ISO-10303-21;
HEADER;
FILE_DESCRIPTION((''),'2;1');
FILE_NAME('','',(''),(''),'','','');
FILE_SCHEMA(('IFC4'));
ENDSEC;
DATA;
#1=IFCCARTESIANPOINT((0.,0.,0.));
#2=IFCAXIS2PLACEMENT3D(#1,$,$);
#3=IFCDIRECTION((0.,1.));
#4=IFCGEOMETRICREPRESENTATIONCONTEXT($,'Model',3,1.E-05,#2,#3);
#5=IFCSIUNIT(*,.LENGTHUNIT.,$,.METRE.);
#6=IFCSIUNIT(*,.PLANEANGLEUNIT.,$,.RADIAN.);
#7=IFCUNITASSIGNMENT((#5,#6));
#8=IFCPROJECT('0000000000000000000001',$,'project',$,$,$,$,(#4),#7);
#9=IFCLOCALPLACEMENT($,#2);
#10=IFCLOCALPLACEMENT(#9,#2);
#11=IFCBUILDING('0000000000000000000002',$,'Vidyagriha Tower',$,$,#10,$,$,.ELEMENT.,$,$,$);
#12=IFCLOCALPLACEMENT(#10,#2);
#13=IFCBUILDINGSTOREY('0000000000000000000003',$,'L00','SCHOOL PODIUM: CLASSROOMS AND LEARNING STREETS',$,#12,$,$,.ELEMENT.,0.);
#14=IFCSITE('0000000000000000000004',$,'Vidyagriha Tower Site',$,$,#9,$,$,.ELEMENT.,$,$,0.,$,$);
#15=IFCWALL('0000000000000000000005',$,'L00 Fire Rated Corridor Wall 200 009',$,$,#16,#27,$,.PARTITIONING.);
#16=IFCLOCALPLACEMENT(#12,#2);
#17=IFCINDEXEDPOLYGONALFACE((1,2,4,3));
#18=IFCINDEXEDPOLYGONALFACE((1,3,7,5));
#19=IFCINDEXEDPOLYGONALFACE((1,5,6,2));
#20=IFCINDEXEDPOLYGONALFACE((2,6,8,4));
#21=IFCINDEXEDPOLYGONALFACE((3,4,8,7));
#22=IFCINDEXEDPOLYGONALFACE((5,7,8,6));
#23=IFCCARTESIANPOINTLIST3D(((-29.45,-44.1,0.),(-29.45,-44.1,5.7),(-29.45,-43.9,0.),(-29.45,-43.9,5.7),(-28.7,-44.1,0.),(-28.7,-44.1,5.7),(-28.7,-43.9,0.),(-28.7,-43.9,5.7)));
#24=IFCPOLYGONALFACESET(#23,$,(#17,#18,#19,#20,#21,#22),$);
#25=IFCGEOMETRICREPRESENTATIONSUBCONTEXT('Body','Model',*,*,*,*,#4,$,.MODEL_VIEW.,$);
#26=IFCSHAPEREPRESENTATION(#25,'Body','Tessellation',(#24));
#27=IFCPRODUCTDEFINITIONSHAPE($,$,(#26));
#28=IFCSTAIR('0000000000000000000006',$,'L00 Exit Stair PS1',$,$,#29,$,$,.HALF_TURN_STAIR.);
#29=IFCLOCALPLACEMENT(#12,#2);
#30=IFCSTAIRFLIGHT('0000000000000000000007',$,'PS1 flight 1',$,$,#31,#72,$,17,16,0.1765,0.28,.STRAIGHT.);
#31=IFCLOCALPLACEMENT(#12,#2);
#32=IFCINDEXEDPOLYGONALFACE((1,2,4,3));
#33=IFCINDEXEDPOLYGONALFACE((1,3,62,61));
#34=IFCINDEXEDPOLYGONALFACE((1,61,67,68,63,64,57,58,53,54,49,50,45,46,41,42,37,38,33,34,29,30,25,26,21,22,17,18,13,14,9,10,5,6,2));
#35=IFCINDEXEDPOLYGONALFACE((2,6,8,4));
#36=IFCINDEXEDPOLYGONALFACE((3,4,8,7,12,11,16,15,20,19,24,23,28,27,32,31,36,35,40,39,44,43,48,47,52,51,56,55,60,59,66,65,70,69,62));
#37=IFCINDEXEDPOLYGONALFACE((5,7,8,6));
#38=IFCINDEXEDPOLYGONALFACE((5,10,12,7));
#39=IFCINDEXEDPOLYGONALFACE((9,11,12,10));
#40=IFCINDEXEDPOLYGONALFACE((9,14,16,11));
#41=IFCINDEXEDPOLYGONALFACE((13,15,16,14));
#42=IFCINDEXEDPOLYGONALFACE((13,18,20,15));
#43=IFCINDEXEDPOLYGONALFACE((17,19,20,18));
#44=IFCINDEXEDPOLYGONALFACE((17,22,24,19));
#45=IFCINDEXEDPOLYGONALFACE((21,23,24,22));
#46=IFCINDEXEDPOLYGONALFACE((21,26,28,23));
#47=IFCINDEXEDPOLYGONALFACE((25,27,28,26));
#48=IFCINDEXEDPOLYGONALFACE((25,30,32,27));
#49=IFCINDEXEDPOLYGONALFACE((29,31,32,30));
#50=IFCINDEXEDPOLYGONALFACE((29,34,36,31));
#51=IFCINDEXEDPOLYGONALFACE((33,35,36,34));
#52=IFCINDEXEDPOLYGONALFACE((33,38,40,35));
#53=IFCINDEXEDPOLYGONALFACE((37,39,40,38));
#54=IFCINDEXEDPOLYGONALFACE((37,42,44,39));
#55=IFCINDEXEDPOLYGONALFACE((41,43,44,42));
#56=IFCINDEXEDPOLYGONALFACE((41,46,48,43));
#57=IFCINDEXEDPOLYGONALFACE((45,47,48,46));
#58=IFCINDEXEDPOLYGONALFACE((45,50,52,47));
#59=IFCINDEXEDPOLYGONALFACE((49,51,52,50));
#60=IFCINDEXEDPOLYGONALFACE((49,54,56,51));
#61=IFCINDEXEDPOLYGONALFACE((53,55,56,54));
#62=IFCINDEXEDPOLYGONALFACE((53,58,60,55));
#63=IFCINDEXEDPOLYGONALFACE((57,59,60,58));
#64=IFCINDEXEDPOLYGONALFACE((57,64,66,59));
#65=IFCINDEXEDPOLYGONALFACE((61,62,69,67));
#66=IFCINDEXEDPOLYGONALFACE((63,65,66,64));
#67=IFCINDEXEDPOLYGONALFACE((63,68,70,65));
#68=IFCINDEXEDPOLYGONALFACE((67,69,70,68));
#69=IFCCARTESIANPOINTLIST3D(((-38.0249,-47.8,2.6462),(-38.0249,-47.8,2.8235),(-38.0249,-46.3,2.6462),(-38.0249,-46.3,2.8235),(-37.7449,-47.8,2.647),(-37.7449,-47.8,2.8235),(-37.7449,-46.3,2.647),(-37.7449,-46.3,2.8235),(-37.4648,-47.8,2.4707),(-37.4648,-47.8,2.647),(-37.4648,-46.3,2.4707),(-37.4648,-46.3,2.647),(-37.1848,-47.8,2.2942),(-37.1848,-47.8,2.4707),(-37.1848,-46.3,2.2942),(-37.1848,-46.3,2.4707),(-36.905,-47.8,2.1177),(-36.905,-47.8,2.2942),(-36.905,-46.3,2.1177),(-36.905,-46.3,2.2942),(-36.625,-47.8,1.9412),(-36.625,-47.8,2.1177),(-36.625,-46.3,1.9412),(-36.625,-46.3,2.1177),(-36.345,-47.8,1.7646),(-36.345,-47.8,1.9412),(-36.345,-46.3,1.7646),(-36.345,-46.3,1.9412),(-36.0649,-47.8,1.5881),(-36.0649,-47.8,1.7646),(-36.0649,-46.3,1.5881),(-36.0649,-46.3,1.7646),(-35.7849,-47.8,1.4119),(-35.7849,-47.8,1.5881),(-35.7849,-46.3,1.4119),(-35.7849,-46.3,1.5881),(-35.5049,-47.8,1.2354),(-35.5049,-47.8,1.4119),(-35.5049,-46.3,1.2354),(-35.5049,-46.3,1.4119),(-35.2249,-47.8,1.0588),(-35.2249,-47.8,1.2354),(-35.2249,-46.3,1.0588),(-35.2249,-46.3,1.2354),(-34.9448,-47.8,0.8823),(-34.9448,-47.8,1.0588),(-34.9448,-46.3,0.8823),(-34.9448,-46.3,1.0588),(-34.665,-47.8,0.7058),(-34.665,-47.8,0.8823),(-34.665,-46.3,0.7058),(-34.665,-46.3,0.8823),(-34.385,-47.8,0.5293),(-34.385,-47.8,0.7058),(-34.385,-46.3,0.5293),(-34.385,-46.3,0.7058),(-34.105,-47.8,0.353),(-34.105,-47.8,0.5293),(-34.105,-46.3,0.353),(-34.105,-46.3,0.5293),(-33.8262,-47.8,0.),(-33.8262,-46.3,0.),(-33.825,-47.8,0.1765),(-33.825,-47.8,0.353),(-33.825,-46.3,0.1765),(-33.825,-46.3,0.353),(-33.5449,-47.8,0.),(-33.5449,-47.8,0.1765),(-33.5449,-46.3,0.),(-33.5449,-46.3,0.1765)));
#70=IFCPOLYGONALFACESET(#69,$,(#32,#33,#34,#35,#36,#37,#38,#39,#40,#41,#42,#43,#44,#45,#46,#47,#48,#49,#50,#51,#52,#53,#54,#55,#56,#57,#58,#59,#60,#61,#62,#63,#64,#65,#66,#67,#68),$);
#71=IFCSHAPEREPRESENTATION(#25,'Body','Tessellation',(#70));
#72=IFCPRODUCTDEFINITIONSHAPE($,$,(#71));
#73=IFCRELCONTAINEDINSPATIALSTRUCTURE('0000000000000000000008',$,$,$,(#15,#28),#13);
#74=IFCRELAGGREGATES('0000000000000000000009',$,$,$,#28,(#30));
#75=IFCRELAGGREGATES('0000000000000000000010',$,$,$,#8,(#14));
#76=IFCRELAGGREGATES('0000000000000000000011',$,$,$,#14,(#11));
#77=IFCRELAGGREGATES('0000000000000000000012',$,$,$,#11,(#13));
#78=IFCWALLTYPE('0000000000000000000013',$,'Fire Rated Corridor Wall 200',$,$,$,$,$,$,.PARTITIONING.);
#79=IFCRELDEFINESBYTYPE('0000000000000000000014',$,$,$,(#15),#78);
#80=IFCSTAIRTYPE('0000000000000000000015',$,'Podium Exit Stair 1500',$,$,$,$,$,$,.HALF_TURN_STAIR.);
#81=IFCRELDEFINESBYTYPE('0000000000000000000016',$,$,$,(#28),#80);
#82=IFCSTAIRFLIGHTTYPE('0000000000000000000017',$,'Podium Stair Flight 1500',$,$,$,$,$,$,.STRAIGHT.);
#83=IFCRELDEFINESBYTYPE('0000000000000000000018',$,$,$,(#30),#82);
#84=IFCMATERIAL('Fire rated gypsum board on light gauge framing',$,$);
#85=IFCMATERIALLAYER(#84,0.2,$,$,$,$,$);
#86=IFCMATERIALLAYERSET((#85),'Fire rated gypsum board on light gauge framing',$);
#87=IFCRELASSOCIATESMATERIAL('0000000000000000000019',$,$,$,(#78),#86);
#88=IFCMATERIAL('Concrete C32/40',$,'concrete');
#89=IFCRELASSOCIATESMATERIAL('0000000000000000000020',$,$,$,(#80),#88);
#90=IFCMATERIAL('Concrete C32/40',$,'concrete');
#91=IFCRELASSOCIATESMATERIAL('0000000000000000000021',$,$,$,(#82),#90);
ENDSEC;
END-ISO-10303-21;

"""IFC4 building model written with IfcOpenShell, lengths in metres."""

from ifc_helpers import new_model, si_unit, direction, frame, frame_2d, origin, place, context, subcontext, project, spatial, polyline, rectangle, outline, extrude, material, layer, layer_set, type_object, element, aggregate, save


model = new_model("IFC4")

# Units and contexts
model_context = context("Model", 3, precision=1e-05, world=origin(), true_north=direction((0.0, 1.0)))
body_context = subcontext(model_context, "Body", "Model", "MODEL_VIEW")
ifc_project = project(units=[si_unit("LENGTHUNIT", "METRE"), si_unit("PLANEANGLEUNIT", "RADIAN")], contexts=[model_context])

# Site, building, storey
site_placement = place(None, origin())
site = spatial("IfcSite", under=ifc_project, at=site_placement, Name="Vidyagriha Tower Site", CompositionType="ELEMENT", RefElevation=0.0)
building_placement = place(site_placement, origin())
building = spatial("IfcBuilding", under=site, at=building_placement, Name="Vidyagriha Tower", CompositionType="ELEMENT")
storey_placement = place(building_placement, origin())
storey = spatial("IfcBuildingStorey", under=building, at=storey_placement, Name="L00", Description="SCHOOL PODIUM: CLASSROOMS AND LEARNING STREETS", CompositionType="ELEMENT", Elevation=0.0)

# Shared definitions
ifc_material_1 = material(Name="Fire rated gypsum board on light gauge framing")
ifc_layer_1 = layer(ifc_material_1, 0.2)
ifc_layer_set_1 = layer_set([ifc_layer_1], Name="Fire rated gypsum board on light gauge framing")
wall_type_1 = type_object("IfcWallType", Name="Fire Rated Corridor Wall 200", PredefinedType="PARTITIONING", material=ifc_layer_set_1)

# Wall
wall_1_placement = place(storey_placement, frame((-29.45, -44.0, 0.0)))
element("IfcWall", 1, at=wall_1_placement, inside=storey, type_object=wall_type_1, Name="L00 Fire Rated Corridor Wall 200 009", PredefinedType="PARTITIONING", context=body_context, shape_type="SweptSolid", body=[
    extrude(rectangle(XDim=0.75, YDim=0.2, at=frame_2d((0.375, 0.0))), origin(), (0.0, 0.0, 1.0), 5.7),
])

# Stair, stair flight
ifc_material_2 = material(Name="Concrete C32/40", Category="concrete")
stair_type = type_object("IfcStairType", Name="Podium Exit Stair 1500", PredefinedType="HALF_TURN_STAIR", material=ifc_material_2)
stair_placement = place(storey_placement, origin())
stair = element("IfcStair", 2, at=stair_placement, inside=storey, type_object=stair_type, Name="L00 Exit Stair PS1", PredefinedType="HALF_TURN_STAIR")
ifc_material_3 = material(Name="Concrete C32/40", Category="concrete")
stair_flight_type = type_object("IfcStairFlightType", Name="Podium Stair Flight 1500", PredefinedType="STRAIGHT", material=ifc_material_3)
stair_flight_placement = place(storey_placement, frame((-33.5449, -47.05, 0.0), z_axis=(0.0, 0.0, 1.0), x_axis=(-1.0, 0.0, 0.0)))
stair_flight = element("IfcStairFlight", 3, at=stair_flight_placement, type_object=stair_flight_type, Name="PS1 flight 1", NumberOfRisers=17, NumberOfTreads=16, PredefinedType="STRAIGHT", RiserHeight=0.1765, TreadLength=0.28, context=body_context, shape_type="SweptSolid", body=[
    extrude(outline(polyline([(0.0, 0.0), (0.0, 0.1765), (0.28, 0.1765), (0.28, 0.353), (0.5601, 0.353), (0.5601, 0.5293), (0.8401, 0.5293), (0.8401, 0.7058), (1.1201, 0.7058), (1.1201, 0.8823), (1.3999, 0.8823), (1.3999, 1.0588), (1.6799, 1.0588), (1.6799, 1.2354), (1.96, 1.2354), (1.96, 1.4119), (2.24, 1.4119), (2.24, 1.5881), (2.52, 1.5881), (2.52, 1.7646), (2.8, 1.7646), (2.8, 1.9412), (3.0801, 1.9412), (3.0801, 2.1177), (3.3601, 2.1177), (3.3601, 2.2942), (3.6399, 2.2942), (3.6399, 2.4707), (3.9199, 2.4707), (3.9199, 2.647), (4.2, 2.647), (4.2, 2.8235), (4.48, 2.8235), (4.48, 3.0), (4.48, 2.6462), (0.2812, 0.0), (0.0, 0.0)])), frame((0.0, 0.75, 0.0), z_axis=(0.0, -1.0, 0.0), x_axis=(1.0, 0.0, 0.0)), (0.0, 0.0, 1.0), 1.5),
])
aggregate(stair, [stair_flight])

save(model, "model.ifc")
